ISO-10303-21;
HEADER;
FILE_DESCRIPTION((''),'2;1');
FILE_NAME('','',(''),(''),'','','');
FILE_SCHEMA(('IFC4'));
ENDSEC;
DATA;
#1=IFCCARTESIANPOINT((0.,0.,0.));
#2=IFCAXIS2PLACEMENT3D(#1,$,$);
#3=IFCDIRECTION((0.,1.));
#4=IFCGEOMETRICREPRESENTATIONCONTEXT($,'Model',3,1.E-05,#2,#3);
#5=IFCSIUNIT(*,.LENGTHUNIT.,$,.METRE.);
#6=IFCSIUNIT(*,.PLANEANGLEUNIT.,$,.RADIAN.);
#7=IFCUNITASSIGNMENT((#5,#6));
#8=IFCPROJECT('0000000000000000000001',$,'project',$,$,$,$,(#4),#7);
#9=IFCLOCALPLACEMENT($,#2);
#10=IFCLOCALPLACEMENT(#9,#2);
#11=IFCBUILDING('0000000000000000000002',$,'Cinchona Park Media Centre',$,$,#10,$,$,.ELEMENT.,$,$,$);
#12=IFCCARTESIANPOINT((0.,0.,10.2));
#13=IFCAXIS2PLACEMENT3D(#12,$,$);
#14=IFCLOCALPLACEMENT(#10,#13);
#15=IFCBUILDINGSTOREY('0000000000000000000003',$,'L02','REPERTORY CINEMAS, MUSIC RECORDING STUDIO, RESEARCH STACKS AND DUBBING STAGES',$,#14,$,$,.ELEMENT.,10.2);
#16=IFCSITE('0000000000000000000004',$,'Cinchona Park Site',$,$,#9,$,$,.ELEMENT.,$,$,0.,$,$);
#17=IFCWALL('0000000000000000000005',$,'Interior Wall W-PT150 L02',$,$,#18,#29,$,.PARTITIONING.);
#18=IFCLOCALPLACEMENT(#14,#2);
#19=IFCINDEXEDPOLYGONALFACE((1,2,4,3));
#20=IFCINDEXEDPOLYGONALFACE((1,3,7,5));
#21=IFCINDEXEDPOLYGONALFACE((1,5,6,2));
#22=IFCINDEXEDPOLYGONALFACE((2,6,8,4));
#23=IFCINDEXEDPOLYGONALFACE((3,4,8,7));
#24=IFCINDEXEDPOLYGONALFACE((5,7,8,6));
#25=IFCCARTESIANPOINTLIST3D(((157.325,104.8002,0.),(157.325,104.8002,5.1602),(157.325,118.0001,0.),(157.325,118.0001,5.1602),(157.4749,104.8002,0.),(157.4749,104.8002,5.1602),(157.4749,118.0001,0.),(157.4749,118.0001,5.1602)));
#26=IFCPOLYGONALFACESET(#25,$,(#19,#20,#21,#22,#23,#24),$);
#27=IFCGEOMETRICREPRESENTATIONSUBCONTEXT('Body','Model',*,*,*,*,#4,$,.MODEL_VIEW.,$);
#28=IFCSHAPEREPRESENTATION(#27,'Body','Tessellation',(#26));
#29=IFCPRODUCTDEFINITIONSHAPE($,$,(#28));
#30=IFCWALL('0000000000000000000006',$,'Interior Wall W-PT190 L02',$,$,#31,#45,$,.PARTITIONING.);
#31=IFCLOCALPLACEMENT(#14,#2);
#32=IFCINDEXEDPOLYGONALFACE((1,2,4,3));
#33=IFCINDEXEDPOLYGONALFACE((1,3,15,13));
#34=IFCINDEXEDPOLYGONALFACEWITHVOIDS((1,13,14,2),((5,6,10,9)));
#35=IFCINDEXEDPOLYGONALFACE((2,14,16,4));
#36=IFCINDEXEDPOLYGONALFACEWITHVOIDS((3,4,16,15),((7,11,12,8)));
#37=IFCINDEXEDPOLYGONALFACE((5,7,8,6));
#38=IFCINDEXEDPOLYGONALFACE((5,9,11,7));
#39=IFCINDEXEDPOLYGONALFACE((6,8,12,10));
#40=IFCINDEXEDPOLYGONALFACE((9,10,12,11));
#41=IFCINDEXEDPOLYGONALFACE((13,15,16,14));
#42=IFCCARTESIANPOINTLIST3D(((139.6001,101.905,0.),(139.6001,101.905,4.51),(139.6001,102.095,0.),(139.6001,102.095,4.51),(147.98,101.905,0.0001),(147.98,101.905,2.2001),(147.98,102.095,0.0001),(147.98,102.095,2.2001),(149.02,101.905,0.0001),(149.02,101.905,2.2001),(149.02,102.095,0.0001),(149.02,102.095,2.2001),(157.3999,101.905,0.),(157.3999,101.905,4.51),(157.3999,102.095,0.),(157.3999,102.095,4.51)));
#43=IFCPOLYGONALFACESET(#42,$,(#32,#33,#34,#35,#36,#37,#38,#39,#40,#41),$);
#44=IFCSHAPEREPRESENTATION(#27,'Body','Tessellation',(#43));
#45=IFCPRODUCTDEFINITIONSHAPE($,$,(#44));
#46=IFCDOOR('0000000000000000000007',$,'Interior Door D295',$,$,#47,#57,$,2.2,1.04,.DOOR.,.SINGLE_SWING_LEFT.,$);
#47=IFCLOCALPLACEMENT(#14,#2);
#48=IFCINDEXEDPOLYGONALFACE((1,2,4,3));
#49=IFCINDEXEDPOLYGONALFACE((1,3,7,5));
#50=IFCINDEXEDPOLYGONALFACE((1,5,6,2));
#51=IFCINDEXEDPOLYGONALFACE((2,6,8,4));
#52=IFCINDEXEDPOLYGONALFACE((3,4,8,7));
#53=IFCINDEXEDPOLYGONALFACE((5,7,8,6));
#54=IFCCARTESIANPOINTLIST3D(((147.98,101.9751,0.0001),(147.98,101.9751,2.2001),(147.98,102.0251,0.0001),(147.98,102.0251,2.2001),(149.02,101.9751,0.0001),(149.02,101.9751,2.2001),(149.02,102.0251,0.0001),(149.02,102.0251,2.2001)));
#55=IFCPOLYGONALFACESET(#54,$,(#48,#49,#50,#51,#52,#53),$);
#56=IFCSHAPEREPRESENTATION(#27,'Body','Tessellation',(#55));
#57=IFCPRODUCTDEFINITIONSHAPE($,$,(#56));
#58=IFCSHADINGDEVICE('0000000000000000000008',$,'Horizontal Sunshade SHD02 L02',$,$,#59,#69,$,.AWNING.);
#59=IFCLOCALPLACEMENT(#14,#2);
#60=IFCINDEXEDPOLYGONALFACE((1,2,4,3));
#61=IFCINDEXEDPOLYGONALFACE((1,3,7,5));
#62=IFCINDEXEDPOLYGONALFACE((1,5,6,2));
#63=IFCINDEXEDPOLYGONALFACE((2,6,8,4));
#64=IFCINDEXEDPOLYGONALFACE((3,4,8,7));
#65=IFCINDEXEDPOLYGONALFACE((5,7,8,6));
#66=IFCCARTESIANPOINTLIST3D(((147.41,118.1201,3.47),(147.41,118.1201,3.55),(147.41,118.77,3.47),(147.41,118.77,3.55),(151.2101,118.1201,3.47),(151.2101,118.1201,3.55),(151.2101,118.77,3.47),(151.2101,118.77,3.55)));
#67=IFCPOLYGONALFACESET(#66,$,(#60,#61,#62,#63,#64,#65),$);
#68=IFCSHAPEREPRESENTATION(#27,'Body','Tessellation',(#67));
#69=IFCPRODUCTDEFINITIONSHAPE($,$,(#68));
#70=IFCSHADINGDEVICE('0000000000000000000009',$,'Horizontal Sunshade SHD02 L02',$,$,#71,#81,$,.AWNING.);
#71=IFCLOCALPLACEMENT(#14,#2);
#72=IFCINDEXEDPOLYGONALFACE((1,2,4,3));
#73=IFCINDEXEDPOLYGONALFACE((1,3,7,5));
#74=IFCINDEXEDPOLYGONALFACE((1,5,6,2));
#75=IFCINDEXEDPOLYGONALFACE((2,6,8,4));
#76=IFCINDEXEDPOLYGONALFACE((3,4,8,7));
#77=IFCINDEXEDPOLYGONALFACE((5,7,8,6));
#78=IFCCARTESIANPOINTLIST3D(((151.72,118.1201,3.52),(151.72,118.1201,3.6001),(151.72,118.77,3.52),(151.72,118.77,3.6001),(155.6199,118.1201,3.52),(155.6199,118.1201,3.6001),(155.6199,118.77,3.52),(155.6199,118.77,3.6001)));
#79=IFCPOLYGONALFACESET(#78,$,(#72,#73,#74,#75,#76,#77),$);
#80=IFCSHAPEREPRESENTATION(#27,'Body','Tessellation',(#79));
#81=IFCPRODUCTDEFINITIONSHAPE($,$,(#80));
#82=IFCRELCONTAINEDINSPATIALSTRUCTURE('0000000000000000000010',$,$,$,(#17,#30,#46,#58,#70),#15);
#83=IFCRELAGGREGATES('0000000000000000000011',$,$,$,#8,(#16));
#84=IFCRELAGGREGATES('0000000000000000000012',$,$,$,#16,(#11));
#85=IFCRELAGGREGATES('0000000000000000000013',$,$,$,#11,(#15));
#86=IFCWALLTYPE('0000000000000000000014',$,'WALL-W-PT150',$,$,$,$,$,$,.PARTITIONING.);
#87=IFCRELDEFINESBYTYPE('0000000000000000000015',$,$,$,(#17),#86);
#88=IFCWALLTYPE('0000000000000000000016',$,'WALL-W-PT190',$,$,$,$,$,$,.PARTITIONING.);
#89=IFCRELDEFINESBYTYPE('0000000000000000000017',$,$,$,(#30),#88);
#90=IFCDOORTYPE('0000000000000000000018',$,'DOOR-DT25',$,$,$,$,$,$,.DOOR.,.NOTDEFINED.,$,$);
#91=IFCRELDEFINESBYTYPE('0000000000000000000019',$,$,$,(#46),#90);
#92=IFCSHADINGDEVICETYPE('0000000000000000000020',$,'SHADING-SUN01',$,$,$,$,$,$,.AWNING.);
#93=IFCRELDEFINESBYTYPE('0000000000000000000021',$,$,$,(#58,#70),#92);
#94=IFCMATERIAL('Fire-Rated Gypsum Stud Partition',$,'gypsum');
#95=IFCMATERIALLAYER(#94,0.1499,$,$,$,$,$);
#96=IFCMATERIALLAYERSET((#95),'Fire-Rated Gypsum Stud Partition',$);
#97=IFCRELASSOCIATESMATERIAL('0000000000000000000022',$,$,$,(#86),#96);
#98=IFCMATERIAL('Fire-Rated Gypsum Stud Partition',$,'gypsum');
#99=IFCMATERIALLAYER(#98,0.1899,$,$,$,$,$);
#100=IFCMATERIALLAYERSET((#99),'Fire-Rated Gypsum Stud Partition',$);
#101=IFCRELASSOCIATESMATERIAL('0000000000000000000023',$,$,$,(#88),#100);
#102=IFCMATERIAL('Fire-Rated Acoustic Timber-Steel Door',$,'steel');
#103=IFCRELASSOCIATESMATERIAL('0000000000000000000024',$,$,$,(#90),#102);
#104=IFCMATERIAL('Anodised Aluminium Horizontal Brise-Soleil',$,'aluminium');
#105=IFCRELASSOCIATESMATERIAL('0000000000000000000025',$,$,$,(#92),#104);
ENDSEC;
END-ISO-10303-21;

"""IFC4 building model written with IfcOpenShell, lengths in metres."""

from ifc_helpers import new_model, si_unit, direction, frame, frame_2d, origin, origin_2d, place, context, subcontext, project, spatial, rectangle, extrude, material, layer, layer_set, type_object, element, fill, save


model = new_model("IFC4")

# Units and contexts
model_context = context("Model", 3, precision=1e-05, world=origin(), true_north=direction((0.0, 1.0)))
body_context = subcontext(model_context, "Body", "Model", "MODEL_VIEW")
ifc_project = project(units=[si_unit("LENGTHUNIT", "METRE"), si_unit("PLANEANGLEUNIT", "RADIAN")], contexts=[model_context])

# Site, building, storey
site_placement = place(None, origin())
site = spatial("IfcSite", under=ifc_project, at=site_placement, Name="Cinchona Park Site", CompositionType="ELEMENT", RefElevation=0.0)
building_placement = place(site_placement, origin())
building = spatial("IfcBuilding", under=site, at=building_placement, Name="Cinchona Park Media Centre", CompositionType="ELEMENT")
storey_placement = place(building_placement, frame((0.0, 0.0, 10.2)))
storey = spatial("IfcBuildingStorey", under=building, at=storey_placement, Name="L02", Description="REPERTORY CINEMAS, MUSIC RECORDING STUDIO, RESEARCH STACKS AND DUBBING STAGES", CompositionType="ELEMENT", Elevation=10.2)

# Wall
ifc_material_1 = material(Name="Fire-Rated Gypsum Stud Partition", Category="gypsum")
ifc_layer_1 = layer(ifc_material_1, 0.1499)
ifc_layer_set_1 = layer_set([ifc_layer_1], Name="Fire-Rated Gypsum Stud Partition")
wall_type_1 = type_object("IfcWallType", Name="WALL-W-PT150", PredefinedType="PARTITIONING", material=ifc_layer_set_1)
wall_1_placement = place(storey_placement, frame((157.3999, 104.8, 0.0), z_axis=(0.0, 0.0, 1.0), x_axis=(0.0, 1.0, 0.0)))
element("IfcWall", 1, at=wall_1_placement, inside=storey, type_object=wall_type_1, Name="Interior Wall W-PT150 L02", PredefinedType="PARTITIONING", context=body_context, shape_type="SweptSolid", body=[
    extrude(rectangle(XDim=13.2, YDim=0.1499, at=frame_2d((6.6001, 0.0))), origin(), (0.0, 0.0, 1.0), 5.1602),
])

# Wall, opening, door
ifc_material_2 = material(Name="Fire-Rated Gypsum Stud Partition", Category="gypsum")
ifc_layer_2 = layer(ifc_material_2, 0.1899)
ifc_layer_set_2 = layer_set([ifc_layer_2], Name="Fire-Rated Gypsum Stud Partition")
wall_type_2 = type_object("IfcWallType", Name="WALL-W-PT190", PredefinedType="PARTITIONING", material=ifc_layer_set_2)
wall_2_placement = place(storey_placement, frame((157.3999, 102.0, 0.0), z_axis=(0.0, 0.0, 1.0), x_axis=(-1.0, 0.0, 0.0)))
wall_2 = element("IfcWall", 2, at=wall_2_placement, inside=storey, type_object=wall_type_2, Name="Interior Wall W-PT190 L02", PredefinedType="PARTITIONING", context=body_context, shape_type="SweptSolid", body=[
    extrude(rectangle(XDim=17.7998, YDim=0.1899, at=frame_2d((8.8999, 0.0))), origin(), (0.0, 0.0, 1.0), 4.51),
])
opening_placement = place(wall_2_placement, frame((8.3799, 0.0, 0.0)))
opening = element("IfcOpeningElement", 3, at=opening_placement, cuts=wall_2, PredefinedType="OPENING", context=body_context, shape_type="SweptSolid", body=[
    extrude(rectangle(XDim=1.04, YDim=2.2, at=frame_2d((0.52, 1.1001))), frame((0.0, 0.105, 0.0), z_axis=(0.0, -1.0, 0.0), x_axis=(1.0, 0.0, 0.0)), (0.0, 0.0, 1.0), 0.21),
])
ifc_material_3 = material(Name="Fire-Rated Acoustic Timber-Steel Door", Category="steel")
door_type = type_object("IfcDoorType", Name="DOOR-DT25", OperationType="NOTDEFINED", PredefinedType="DOOR", material=ifc_material_3)
door_placement = place(opening_placement, origin())
door = element("IfcDoor", 4, at=door_placement, inside=storey, type_object=door_type, Name="Interior Door D295", OperationType="SINGLE_SWING_LEFT", OverallHeight=2.2, OverallWidth=1.04, PredefinedType="DOOR", context=body_context, shape_type="SweptSolid", body=[
    extrude(rectangle(XDim=1.04, YDim=2.2, at=frame_2d((0.52, 1.1001))), frame((0.0, 0.0249, 0.0), z_axis=(0.0, -1.0, 0.0), x_axis=(1.0, 0.0, 0.0)), (0.0, 0.0, 1.0), 0.05),
])
fill(opening, door)

# Shading devices
ifc_material_4 = material(Name="Anodised Aluminium Horizontal Brise-Soleil", Category="aluminium")
shading_device_type = type_object("IfcShadingDeviceType", Name="SHADING-SUN01", PredefinedType="AWNING", material=ifc_material_4)
shading_device_1_placement = place(storey_placement, frame((149.3101, 118.4451, 3.47), z_axis=(0.0, 0.0, 1.0), x_axis=(1.0, 0.0, 0.0)))
element("IfcShadingDevice", 5, at=shading_device_1_placement, inside=storey, type_object=shading_device_type, Name="Horizontal Sunshade SHD02 L02", PredefinedType="AWNING", context=body_context, shape_type="SweptSolid", body=[
    extrude(rectangle(XDim=3.8, YDim=0.6499, at=origin_2d()), origin(), (0.0, 0.0, 1.0), 0.0801),
])
shading_device_2_placement = place(storey_placement, frame((153.6699, 118.4451, 3.52), z_axis=(0.0, 0.0, 1.0), x_axis=(1.0, 0.0, 0.0)))
element("IfcShadingDevice", 6, at=shading_device_2_placement, inside=storey, type_object=shading_device_type, Name="Horizontal Sunshade SHD02 L02", PredefinedType="AWNING", context=body_context, shape_type="SweptSolid", body=[
    extrude(rectangle(XDim=3.8999, YDim=0.6499, at=origin_2d()), origin(), (0.0, 0.0, 1.0), 0.0801),
])

save(model, "model.ifc")
